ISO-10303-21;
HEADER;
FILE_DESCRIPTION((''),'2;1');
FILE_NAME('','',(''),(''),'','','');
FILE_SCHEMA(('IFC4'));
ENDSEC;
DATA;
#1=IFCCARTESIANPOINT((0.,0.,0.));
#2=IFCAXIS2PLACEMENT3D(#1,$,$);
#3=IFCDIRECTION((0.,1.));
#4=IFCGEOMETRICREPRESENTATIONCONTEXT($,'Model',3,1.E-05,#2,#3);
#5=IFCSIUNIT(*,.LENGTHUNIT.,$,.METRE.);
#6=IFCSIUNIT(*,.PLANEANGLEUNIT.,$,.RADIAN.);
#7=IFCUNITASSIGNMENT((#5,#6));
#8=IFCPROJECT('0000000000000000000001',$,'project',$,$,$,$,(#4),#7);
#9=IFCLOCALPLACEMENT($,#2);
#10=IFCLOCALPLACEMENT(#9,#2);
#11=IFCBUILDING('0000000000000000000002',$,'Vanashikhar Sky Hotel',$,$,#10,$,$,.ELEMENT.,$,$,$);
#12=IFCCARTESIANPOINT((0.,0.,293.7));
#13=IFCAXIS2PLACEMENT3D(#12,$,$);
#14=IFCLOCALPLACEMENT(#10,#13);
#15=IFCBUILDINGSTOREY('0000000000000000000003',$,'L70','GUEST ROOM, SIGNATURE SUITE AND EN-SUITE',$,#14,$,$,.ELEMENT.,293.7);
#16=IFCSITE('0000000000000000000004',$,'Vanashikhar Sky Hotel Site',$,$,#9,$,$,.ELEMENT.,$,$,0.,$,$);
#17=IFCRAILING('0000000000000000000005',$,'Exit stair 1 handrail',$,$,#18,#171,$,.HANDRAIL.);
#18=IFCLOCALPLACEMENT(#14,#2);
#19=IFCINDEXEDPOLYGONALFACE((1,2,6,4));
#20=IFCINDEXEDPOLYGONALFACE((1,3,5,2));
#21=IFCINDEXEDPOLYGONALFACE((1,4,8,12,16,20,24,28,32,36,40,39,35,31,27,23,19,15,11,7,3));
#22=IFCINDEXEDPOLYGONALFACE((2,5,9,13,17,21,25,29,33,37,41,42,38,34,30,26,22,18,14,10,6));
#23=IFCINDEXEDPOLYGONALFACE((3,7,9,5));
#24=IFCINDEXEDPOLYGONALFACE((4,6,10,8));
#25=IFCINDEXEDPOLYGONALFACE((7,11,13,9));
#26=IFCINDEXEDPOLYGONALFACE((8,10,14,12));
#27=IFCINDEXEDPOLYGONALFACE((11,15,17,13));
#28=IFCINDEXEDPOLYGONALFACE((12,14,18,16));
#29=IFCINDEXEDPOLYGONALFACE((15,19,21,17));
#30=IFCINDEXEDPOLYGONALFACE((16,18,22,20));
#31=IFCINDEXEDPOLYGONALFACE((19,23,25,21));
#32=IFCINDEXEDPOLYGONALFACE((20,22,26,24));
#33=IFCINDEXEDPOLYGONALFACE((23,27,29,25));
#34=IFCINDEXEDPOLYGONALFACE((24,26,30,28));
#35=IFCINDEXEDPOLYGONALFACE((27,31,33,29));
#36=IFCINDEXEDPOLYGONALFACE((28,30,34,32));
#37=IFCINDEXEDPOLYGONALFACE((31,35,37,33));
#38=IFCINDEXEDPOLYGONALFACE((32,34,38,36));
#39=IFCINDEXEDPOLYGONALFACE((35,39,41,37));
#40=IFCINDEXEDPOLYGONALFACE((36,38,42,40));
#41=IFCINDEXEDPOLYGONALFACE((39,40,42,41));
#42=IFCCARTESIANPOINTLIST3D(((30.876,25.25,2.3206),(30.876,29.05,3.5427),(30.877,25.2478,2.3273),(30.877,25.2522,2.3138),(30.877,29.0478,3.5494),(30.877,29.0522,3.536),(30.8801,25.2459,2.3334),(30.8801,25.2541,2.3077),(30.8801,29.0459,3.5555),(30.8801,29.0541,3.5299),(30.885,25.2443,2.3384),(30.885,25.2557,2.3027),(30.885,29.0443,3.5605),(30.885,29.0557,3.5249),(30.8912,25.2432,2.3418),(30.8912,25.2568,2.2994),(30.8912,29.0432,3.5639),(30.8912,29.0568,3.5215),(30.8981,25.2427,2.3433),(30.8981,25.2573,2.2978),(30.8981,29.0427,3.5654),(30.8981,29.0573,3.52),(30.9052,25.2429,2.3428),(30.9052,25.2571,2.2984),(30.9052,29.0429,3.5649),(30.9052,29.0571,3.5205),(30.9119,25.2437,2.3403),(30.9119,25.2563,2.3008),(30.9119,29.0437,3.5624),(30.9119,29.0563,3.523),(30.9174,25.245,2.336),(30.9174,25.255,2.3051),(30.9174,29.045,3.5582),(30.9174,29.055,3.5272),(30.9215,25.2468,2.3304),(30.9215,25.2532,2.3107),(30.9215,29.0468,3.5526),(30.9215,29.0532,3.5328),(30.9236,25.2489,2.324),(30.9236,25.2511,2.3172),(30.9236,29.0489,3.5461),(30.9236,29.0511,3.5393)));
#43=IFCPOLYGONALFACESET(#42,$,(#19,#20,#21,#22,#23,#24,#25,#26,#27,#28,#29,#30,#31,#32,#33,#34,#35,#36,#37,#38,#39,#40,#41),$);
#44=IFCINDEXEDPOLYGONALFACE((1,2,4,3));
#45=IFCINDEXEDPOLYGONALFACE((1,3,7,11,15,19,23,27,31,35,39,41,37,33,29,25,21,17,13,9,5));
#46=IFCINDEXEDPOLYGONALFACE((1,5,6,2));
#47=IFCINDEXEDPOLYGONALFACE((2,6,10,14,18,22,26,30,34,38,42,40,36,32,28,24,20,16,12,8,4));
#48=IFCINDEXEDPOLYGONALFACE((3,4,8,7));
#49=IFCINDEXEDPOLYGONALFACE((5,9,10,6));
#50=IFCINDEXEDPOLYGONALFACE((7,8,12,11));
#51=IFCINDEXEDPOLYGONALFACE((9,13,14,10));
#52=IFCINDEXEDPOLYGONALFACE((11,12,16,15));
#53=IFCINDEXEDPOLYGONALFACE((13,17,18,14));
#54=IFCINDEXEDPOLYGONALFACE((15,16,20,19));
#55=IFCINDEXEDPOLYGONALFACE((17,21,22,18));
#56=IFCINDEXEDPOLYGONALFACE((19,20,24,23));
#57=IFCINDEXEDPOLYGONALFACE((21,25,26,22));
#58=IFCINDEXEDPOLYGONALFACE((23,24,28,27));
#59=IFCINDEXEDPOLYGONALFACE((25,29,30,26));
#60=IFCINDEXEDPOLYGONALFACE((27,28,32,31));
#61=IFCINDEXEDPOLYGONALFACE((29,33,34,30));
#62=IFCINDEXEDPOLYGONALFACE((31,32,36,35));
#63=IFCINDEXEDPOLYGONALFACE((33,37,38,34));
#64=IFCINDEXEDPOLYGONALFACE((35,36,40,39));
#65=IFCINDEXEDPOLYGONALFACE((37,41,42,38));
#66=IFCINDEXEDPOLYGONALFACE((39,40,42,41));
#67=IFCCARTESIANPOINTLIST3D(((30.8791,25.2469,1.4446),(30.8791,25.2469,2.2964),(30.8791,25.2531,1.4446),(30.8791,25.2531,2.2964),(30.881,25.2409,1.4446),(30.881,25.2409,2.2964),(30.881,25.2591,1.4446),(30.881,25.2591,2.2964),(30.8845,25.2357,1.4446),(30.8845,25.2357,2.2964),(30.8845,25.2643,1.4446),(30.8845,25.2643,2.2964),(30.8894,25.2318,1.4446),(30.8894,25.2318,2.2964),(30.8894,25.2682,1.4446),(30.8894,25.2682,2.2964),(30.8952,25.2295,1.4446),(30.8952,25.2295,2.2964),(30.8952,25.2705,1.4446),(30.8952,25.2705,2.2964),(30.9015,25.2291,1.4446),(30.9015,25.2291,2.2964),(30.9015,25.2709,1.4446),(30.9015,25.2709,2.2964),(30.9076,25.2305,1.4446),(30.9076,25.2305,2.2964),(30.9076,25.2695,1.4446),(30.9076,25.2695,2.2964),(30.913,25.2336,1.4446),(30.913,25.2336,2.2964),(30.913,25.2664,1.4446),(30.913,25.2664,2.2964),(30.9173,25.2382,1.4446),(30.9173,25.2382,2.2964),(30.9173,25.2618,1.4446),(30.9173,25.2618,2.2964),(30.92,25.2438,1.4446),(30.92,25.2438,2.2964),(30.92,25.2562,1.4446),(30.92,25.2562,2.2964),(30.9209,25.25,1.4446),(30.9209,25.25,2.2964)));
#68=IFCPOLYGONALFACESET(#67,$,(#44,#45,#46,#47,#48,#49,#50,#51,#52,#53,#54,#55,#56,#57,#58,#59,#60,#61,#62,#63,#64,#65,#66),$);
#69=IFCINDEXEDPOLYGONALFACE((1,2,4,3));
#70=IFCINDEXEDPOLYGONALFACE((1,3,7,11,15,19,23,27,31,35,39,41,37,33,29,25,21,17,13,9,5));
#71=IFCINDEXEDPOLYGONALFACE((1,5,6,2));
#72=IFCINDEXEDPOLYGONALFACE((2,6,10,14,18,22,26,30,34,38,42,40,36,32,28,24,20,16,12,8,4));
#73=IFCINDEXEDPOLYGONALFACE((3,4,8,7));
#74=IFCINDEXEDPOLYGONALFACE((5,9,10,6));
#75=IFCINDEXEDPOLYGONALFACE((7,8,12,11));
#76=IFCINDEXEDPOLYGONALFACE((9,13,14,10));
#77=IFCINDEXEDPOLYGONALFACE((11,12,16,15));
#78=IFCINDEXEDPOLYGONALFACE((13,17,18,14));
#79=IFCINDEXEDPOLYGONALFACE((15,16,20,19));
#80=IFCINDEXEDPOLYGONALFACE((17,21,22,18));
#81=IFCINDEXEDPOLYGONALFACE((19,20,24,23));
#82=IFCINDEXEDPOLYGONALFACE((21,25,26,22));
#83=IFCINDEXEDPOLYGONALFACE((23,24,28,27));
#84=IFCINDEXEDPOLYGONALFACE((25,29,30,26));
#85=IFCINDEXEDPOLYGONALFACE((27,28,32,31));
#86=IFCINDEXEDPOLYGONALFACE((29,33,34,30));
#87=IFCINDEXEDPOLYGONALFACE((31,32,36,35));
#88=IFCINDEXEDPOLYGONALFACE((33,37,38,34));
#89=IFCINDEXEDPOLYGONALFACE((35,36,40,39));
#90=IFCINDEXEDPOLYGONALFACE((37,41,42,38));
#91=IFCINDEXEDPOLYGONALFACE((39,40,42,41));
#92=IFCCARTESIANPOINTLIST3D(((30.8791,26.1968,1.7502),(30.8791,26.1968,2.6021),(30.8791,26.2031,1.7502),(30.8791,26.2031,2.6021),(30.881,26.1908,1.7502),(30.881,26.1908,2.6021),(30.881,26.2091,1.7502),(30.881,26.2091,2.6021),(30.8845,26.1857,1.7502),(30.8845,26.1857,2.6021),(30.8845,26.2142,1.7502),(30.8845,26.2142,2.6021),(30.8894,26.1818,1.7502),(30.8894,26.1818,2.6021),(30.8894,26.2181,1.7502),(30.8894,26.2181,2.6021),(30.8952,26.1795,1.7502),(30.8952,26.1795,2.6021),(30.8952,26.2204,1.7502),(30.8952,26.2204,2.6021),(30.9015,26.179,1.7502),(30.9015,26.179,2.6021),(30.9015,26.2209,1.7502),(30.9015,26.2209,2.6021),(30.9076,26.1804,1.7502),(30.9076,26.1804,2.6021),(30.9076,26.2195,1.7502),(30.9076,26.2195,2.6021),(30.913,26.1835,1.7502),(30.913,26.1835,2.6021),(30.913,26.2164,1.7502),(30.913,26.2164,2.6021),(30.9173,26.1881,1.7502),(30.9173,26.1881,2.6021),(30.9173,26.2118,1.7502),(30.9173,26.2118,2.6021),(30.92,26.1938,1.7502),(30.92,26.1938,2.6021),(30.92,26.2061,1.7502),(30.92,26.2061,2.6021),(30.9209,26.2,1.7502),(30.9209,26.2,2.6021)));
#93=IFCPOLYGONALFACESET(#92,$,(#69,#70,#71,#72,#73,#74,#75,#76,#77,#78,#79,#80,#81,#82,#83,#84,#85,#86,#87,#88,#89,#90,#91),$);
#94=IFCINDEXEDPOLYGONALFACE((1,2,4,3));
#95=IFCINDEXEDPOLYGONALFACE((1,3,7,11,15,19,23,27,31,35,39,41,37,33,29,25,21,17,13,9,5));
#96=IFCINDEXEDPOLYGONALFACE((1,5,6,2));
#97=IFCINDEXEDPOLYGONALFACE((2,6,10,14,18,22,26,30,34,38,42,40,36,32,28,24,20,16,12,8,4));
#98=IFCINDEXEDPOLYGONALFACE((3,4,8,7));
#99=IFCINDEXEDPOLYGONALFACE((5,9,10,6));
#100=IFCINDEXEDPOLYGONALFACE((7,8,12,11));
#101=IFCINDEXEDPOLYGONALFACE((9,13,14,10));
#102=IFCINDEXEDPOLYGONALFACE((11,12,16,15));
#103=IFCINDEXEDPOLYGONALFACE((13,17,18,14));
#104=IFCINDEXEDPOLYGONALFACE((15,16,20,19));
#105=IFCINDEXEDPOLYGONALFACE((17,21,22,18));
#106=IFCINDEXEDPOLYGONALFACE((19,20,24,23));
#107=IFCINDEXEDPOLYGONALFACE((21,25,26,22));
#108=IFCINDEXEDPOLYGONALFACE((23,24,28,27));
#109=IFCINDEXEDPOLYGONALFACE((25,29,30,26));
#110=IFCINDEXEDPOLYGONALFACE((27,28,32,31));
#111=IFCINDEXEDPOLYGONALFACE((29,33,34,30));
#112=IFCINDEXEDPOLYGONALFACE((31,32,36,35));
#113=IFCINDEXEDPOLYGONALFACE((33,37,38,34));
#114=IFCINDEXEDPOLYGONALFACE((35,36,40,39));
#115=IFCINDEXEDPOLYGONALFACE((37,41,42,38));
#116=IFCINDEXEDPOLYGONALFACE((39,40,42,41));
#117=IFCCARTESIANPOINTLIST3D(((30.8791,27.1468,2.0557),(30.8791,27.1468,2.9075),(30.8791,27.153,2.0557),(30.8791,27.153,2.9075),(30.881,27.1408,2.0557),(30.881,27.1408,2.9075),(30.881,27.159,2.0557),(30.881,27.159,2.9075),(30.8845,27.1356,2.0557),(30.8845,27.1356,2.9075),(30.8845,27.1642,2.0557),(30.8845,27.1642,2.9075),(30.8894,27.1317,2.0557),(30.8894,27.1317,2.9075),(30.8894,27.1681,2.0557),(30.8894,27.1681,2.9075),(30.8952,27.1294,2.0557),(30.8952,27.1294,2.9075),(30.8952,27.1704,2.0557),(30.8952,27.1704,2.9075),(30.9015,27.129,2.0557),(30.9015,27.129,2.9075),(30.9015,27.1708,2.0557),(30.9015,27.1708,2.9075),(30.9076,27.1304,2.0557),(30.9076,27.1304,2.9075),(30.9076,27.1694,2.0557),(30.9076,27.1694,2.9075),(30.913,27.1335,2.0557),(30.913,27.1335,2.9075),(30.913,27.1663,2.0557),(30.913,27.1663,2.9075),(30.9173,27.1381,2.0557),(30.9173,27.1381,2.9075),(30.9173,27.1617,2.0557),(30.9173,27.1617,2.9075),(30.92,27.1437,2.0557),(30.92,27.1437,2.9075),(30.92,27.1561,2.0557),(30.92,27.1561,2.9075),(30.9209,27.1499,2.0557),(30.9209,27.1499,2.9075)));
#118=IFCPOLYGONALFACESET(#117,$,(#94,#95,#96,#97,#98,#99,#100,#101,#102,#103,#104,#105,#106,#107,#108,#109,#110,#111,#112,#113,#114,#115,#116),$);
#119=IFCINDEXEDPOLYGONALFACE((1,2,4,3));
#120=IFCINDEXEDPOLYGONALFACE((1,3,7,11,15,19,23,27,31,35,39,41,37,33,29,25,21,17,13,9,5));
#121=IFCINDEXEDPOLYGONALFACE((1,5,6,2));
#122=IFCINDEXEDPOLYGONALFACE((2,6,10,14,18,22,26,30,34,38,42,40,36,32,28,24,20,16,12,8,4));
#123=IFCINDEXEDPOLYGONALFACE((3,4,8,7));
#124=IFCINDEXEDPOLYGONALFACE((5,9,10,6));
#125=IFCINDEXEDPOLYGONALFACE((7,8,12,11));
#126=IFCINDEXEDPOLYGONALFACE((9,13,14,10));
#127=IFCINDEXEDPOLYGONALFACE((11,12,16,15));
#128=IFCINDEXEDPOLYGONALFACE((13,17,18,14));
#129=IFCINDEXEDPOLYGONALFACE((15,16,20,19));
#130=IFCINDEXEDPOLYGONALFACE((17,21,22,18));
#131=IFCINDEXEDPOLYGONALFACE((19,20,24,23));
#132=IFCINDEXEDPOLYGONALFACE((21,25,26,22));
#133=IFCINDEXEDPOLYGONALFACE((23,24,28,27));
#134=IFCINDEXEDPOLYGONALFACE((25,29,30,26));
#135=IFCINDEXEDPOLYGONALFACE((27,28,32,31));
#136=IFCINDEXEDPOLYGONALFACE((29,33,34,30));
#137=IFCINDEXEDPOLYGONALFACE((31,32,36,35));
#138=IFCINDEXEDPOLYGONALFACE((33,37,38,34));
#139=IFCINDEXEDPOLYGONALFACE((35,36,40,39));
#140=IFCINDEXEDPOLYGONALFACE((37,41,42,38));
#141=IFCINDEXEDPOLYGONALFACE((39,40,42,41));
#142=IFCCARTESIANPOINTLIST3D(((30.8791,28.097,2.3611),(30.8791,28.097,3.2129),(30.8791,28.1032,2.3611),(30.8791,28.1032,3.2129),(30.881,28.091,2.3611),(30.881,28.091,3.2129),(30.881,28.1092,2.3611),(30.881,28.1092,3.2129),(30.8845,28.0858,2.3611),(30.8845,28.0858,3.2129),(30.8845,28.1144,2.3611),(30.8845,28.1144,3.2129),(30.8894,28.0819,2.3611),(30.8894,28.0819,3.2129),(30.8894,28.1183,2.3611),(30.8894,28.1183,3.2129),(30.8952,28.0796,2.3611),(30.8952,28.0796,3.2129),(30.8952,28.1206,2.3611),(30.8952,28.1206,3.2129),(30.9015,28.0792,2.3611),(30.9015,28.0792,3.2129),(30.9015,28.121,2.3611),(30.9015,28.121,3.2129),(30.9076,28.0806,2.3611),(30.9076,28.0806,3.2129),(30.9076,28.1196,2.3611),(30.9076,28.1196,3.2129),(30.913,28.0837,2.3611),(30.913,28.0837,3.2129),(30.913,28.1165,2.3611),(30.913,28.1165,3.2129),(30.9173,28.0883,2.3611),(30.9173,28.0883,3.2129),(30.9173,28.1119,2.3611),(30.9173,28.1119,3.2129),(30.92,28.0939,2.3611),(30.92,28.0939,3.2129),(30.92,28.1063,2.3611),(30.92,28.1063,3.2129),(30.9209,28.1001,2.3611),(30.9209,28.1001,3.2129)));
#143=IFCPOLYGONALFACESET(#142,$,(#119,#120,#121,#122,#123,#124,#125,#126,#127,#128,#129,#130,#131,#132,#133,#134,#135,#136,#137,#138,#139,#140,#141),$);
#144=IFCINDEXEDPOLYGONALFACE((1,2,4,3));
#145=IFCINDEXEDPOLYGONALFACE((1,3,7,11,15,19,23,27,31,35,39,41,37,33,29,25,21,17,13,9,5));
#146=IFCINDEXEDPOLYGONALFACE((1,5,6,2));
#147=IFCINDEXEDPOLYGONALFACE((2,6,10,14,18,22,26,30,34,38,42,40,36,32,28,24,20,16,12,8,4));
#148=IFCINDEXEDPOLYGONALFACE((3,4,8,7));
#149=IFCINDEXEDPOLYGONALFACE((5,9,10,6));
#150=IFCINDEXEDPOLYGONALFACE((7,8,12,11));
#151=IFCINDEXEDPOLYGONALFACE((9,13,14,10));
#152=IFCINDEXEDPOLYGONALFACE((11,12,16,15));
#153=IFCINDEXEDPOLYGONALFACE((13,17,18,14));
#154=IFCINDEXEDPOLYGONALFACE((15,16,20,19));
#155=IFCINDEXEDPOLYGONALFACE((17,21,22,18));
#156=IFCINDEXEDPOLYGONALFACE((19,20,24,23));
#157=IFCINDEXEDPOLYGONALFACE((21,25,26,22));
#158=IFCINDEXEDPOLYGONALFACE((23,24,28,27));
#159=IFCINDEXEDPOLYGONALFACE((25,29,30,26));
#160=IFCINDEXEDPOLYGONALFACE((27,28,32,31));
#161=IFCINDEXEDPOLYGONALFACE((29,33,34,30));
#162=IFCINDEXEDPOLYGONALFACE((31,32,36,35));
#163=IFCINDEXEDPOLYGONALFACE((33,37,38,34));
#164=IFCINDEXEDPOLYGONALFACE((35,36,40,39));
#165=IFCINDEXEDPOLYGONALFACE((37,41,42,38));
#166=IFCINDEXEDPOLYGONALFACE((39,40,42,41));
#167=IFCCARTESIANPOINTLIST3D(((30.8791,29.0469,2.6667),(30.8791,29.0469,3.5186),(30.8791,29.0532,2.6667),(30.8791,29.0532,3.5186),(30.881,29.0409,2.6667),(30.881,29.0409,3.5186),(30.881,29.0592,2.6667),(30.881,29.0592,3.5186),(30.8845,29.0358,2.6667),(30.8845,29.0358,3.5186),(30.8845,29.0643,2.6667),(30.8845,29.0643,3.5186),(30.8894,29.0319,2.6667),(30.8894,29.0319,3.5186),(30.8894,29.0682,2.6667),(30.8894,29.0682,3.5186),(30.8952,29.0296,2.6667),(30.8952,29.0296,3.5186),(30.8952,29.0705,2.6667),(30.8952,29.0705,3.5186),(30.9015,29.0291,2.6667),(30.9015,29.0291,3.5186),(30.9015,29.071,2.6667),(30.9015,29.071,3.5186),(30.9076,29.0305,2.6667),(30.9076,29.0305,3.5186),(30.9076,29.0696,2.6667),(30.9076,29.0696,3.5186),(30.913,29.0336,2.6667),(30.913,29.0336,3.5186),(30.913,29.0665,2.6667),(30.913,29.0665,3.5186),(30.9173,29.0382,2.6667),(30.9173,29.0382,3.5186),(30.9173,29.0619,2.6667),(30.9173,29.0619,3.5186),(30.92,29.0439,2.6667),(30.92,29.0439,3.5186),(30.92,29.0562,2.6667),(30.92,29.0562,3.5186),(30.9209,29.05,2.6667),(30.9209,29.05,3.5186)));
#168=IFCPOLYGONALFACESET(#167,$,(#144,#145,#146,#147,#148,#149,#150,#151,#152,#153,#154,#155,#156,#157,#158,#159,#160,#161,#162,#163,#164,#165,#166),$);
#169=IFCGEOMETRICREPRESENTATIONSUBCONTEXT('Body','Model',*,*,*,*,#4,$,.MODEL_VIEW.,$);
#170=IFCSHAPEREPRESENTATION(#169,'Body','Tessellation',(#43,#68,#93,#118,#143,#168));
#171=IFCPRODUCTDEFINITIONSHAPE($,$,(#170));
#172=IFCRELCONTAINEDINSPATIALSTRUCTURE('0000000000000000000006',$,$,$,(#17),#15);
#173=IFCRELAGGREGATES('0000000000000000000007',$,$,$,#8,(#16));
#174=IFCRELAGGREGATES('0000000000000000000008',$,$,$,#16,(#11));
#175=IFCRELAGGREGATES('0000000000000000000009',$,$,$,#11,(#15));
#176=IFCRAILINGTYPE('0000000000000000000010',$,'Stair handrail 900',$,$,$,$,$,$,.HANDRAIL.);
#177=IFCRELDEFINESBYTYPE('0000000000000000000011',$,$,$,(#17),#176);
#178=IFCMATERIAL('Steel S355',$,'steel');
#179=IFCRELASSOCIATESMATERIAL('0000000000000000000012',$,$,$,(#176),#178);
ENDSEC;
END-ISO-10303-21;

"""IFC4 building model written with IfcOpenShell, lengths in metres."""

from ifc_helpers import new_model, si_unit, direction, frame, origin, origin_2d, place, context, subcontext, project, spatial, circle, extrude, source, transform, mapped, material, type_object, element, save


model = new_model("IFC4")

# Units and contexts
model_context = context("Model", 3, precision=1e-05, world=origin(), true_north=direction((0.0, 1.0)))
body_context = subcontext(model_context, "Body", "Model", "MODEL_VIEW")
ifc_project = project(units=[si_unit("LENGTHUNIT", "METRE"), si_unit("PLANEANGLEUNIT", "RADIAN")], contexts=[model_context])

# Site, building, storey
site_placement = place(None, origin())
site = spatial("IfcSite", under=ifc_project, at=site_placement, Name="Vanashikhar Sky Hotel Site", CompositionType="ELEMENT", RefElevation=0.0)
building_placement = place(site_placement, origin())
building = spatial("IfcBuilding", under=site, at=building_placement, Name="Vanashikhar Sky Hotel", CompositionType="ELEMENT")
storey_placement = place(building_placement, frame((0.0, 0.0, 293.7)))
storey = spatial("IfcBuildingStorey", under=building, at=storey_placement, Name="L70", Description="GUEST ROOM, SIGNATURE SUITE AND EN-SUITE", CompositionType="ELEMENT", Elevation=293.7)

# Railing
ifc_material_1 = material(Name="Steel S355", Category="steel")
railing_type = type_object("IfcRailingType", Name="Stair handrail 900", PredefinedType="HANDRAIL", material=ifc_material_1)
shared_shape_1 = source(origin(), body_context, "Body", "SweptSolid", [
    extrude(circle(Radius=0.0239, at=origin_2d()), frame((0.0, 0.0, 0.876), z_axis=(0.0, 0.951976, 0.306173), x_axis=(-1.0, 0.0, 0.0)), (0.0, 0.0, 1.0), 3.9917),
    extrude(circle(Radius=0.021, at=origin_2d()), origin(), (0.0, 0.0, 1.0), 0.8518),
    extrude(circle(Radius=0.021, at=origin_2d()), frame((0.0, 0.95, 0.3057)), (0.0, 0.0, 1.0), 0.8518),
    extrude(circle(Radius=0.021, at=origin_2d()), frame((0.0, 1.8999, 0.6111)), (0.0, 0.0, 1.0), 0.8518),
    extrude(circle(Radius=0.021, at=origin_2d()), frame((0.0, 2.8501, 0.9165)), (0.0, 0.0, 1.0), 0.8518),
    extrude(circle(Radius=0.021, at=origin_2d()), frame((0.0, 3.8, 1.2222)), (0.0, 0.0, 1.0), 0.8518),
])
railing_1_placement = place(storey_placement, frame((30.8999, 25.25, 1.4446)))
element("IfcRailing", 1, at=railing_1_placement, inside=storey, type_object=railing_type, Name="Exit stair 1 handrail", PredefinedType="HANDRAIL", context=body_context, shape_type="MappedRepresentation", body=[
    mapped(shared_shape_1, transform((0.0, 0.0, 0.0), scale=1.0)),
])

save(model, "model.ifc")
